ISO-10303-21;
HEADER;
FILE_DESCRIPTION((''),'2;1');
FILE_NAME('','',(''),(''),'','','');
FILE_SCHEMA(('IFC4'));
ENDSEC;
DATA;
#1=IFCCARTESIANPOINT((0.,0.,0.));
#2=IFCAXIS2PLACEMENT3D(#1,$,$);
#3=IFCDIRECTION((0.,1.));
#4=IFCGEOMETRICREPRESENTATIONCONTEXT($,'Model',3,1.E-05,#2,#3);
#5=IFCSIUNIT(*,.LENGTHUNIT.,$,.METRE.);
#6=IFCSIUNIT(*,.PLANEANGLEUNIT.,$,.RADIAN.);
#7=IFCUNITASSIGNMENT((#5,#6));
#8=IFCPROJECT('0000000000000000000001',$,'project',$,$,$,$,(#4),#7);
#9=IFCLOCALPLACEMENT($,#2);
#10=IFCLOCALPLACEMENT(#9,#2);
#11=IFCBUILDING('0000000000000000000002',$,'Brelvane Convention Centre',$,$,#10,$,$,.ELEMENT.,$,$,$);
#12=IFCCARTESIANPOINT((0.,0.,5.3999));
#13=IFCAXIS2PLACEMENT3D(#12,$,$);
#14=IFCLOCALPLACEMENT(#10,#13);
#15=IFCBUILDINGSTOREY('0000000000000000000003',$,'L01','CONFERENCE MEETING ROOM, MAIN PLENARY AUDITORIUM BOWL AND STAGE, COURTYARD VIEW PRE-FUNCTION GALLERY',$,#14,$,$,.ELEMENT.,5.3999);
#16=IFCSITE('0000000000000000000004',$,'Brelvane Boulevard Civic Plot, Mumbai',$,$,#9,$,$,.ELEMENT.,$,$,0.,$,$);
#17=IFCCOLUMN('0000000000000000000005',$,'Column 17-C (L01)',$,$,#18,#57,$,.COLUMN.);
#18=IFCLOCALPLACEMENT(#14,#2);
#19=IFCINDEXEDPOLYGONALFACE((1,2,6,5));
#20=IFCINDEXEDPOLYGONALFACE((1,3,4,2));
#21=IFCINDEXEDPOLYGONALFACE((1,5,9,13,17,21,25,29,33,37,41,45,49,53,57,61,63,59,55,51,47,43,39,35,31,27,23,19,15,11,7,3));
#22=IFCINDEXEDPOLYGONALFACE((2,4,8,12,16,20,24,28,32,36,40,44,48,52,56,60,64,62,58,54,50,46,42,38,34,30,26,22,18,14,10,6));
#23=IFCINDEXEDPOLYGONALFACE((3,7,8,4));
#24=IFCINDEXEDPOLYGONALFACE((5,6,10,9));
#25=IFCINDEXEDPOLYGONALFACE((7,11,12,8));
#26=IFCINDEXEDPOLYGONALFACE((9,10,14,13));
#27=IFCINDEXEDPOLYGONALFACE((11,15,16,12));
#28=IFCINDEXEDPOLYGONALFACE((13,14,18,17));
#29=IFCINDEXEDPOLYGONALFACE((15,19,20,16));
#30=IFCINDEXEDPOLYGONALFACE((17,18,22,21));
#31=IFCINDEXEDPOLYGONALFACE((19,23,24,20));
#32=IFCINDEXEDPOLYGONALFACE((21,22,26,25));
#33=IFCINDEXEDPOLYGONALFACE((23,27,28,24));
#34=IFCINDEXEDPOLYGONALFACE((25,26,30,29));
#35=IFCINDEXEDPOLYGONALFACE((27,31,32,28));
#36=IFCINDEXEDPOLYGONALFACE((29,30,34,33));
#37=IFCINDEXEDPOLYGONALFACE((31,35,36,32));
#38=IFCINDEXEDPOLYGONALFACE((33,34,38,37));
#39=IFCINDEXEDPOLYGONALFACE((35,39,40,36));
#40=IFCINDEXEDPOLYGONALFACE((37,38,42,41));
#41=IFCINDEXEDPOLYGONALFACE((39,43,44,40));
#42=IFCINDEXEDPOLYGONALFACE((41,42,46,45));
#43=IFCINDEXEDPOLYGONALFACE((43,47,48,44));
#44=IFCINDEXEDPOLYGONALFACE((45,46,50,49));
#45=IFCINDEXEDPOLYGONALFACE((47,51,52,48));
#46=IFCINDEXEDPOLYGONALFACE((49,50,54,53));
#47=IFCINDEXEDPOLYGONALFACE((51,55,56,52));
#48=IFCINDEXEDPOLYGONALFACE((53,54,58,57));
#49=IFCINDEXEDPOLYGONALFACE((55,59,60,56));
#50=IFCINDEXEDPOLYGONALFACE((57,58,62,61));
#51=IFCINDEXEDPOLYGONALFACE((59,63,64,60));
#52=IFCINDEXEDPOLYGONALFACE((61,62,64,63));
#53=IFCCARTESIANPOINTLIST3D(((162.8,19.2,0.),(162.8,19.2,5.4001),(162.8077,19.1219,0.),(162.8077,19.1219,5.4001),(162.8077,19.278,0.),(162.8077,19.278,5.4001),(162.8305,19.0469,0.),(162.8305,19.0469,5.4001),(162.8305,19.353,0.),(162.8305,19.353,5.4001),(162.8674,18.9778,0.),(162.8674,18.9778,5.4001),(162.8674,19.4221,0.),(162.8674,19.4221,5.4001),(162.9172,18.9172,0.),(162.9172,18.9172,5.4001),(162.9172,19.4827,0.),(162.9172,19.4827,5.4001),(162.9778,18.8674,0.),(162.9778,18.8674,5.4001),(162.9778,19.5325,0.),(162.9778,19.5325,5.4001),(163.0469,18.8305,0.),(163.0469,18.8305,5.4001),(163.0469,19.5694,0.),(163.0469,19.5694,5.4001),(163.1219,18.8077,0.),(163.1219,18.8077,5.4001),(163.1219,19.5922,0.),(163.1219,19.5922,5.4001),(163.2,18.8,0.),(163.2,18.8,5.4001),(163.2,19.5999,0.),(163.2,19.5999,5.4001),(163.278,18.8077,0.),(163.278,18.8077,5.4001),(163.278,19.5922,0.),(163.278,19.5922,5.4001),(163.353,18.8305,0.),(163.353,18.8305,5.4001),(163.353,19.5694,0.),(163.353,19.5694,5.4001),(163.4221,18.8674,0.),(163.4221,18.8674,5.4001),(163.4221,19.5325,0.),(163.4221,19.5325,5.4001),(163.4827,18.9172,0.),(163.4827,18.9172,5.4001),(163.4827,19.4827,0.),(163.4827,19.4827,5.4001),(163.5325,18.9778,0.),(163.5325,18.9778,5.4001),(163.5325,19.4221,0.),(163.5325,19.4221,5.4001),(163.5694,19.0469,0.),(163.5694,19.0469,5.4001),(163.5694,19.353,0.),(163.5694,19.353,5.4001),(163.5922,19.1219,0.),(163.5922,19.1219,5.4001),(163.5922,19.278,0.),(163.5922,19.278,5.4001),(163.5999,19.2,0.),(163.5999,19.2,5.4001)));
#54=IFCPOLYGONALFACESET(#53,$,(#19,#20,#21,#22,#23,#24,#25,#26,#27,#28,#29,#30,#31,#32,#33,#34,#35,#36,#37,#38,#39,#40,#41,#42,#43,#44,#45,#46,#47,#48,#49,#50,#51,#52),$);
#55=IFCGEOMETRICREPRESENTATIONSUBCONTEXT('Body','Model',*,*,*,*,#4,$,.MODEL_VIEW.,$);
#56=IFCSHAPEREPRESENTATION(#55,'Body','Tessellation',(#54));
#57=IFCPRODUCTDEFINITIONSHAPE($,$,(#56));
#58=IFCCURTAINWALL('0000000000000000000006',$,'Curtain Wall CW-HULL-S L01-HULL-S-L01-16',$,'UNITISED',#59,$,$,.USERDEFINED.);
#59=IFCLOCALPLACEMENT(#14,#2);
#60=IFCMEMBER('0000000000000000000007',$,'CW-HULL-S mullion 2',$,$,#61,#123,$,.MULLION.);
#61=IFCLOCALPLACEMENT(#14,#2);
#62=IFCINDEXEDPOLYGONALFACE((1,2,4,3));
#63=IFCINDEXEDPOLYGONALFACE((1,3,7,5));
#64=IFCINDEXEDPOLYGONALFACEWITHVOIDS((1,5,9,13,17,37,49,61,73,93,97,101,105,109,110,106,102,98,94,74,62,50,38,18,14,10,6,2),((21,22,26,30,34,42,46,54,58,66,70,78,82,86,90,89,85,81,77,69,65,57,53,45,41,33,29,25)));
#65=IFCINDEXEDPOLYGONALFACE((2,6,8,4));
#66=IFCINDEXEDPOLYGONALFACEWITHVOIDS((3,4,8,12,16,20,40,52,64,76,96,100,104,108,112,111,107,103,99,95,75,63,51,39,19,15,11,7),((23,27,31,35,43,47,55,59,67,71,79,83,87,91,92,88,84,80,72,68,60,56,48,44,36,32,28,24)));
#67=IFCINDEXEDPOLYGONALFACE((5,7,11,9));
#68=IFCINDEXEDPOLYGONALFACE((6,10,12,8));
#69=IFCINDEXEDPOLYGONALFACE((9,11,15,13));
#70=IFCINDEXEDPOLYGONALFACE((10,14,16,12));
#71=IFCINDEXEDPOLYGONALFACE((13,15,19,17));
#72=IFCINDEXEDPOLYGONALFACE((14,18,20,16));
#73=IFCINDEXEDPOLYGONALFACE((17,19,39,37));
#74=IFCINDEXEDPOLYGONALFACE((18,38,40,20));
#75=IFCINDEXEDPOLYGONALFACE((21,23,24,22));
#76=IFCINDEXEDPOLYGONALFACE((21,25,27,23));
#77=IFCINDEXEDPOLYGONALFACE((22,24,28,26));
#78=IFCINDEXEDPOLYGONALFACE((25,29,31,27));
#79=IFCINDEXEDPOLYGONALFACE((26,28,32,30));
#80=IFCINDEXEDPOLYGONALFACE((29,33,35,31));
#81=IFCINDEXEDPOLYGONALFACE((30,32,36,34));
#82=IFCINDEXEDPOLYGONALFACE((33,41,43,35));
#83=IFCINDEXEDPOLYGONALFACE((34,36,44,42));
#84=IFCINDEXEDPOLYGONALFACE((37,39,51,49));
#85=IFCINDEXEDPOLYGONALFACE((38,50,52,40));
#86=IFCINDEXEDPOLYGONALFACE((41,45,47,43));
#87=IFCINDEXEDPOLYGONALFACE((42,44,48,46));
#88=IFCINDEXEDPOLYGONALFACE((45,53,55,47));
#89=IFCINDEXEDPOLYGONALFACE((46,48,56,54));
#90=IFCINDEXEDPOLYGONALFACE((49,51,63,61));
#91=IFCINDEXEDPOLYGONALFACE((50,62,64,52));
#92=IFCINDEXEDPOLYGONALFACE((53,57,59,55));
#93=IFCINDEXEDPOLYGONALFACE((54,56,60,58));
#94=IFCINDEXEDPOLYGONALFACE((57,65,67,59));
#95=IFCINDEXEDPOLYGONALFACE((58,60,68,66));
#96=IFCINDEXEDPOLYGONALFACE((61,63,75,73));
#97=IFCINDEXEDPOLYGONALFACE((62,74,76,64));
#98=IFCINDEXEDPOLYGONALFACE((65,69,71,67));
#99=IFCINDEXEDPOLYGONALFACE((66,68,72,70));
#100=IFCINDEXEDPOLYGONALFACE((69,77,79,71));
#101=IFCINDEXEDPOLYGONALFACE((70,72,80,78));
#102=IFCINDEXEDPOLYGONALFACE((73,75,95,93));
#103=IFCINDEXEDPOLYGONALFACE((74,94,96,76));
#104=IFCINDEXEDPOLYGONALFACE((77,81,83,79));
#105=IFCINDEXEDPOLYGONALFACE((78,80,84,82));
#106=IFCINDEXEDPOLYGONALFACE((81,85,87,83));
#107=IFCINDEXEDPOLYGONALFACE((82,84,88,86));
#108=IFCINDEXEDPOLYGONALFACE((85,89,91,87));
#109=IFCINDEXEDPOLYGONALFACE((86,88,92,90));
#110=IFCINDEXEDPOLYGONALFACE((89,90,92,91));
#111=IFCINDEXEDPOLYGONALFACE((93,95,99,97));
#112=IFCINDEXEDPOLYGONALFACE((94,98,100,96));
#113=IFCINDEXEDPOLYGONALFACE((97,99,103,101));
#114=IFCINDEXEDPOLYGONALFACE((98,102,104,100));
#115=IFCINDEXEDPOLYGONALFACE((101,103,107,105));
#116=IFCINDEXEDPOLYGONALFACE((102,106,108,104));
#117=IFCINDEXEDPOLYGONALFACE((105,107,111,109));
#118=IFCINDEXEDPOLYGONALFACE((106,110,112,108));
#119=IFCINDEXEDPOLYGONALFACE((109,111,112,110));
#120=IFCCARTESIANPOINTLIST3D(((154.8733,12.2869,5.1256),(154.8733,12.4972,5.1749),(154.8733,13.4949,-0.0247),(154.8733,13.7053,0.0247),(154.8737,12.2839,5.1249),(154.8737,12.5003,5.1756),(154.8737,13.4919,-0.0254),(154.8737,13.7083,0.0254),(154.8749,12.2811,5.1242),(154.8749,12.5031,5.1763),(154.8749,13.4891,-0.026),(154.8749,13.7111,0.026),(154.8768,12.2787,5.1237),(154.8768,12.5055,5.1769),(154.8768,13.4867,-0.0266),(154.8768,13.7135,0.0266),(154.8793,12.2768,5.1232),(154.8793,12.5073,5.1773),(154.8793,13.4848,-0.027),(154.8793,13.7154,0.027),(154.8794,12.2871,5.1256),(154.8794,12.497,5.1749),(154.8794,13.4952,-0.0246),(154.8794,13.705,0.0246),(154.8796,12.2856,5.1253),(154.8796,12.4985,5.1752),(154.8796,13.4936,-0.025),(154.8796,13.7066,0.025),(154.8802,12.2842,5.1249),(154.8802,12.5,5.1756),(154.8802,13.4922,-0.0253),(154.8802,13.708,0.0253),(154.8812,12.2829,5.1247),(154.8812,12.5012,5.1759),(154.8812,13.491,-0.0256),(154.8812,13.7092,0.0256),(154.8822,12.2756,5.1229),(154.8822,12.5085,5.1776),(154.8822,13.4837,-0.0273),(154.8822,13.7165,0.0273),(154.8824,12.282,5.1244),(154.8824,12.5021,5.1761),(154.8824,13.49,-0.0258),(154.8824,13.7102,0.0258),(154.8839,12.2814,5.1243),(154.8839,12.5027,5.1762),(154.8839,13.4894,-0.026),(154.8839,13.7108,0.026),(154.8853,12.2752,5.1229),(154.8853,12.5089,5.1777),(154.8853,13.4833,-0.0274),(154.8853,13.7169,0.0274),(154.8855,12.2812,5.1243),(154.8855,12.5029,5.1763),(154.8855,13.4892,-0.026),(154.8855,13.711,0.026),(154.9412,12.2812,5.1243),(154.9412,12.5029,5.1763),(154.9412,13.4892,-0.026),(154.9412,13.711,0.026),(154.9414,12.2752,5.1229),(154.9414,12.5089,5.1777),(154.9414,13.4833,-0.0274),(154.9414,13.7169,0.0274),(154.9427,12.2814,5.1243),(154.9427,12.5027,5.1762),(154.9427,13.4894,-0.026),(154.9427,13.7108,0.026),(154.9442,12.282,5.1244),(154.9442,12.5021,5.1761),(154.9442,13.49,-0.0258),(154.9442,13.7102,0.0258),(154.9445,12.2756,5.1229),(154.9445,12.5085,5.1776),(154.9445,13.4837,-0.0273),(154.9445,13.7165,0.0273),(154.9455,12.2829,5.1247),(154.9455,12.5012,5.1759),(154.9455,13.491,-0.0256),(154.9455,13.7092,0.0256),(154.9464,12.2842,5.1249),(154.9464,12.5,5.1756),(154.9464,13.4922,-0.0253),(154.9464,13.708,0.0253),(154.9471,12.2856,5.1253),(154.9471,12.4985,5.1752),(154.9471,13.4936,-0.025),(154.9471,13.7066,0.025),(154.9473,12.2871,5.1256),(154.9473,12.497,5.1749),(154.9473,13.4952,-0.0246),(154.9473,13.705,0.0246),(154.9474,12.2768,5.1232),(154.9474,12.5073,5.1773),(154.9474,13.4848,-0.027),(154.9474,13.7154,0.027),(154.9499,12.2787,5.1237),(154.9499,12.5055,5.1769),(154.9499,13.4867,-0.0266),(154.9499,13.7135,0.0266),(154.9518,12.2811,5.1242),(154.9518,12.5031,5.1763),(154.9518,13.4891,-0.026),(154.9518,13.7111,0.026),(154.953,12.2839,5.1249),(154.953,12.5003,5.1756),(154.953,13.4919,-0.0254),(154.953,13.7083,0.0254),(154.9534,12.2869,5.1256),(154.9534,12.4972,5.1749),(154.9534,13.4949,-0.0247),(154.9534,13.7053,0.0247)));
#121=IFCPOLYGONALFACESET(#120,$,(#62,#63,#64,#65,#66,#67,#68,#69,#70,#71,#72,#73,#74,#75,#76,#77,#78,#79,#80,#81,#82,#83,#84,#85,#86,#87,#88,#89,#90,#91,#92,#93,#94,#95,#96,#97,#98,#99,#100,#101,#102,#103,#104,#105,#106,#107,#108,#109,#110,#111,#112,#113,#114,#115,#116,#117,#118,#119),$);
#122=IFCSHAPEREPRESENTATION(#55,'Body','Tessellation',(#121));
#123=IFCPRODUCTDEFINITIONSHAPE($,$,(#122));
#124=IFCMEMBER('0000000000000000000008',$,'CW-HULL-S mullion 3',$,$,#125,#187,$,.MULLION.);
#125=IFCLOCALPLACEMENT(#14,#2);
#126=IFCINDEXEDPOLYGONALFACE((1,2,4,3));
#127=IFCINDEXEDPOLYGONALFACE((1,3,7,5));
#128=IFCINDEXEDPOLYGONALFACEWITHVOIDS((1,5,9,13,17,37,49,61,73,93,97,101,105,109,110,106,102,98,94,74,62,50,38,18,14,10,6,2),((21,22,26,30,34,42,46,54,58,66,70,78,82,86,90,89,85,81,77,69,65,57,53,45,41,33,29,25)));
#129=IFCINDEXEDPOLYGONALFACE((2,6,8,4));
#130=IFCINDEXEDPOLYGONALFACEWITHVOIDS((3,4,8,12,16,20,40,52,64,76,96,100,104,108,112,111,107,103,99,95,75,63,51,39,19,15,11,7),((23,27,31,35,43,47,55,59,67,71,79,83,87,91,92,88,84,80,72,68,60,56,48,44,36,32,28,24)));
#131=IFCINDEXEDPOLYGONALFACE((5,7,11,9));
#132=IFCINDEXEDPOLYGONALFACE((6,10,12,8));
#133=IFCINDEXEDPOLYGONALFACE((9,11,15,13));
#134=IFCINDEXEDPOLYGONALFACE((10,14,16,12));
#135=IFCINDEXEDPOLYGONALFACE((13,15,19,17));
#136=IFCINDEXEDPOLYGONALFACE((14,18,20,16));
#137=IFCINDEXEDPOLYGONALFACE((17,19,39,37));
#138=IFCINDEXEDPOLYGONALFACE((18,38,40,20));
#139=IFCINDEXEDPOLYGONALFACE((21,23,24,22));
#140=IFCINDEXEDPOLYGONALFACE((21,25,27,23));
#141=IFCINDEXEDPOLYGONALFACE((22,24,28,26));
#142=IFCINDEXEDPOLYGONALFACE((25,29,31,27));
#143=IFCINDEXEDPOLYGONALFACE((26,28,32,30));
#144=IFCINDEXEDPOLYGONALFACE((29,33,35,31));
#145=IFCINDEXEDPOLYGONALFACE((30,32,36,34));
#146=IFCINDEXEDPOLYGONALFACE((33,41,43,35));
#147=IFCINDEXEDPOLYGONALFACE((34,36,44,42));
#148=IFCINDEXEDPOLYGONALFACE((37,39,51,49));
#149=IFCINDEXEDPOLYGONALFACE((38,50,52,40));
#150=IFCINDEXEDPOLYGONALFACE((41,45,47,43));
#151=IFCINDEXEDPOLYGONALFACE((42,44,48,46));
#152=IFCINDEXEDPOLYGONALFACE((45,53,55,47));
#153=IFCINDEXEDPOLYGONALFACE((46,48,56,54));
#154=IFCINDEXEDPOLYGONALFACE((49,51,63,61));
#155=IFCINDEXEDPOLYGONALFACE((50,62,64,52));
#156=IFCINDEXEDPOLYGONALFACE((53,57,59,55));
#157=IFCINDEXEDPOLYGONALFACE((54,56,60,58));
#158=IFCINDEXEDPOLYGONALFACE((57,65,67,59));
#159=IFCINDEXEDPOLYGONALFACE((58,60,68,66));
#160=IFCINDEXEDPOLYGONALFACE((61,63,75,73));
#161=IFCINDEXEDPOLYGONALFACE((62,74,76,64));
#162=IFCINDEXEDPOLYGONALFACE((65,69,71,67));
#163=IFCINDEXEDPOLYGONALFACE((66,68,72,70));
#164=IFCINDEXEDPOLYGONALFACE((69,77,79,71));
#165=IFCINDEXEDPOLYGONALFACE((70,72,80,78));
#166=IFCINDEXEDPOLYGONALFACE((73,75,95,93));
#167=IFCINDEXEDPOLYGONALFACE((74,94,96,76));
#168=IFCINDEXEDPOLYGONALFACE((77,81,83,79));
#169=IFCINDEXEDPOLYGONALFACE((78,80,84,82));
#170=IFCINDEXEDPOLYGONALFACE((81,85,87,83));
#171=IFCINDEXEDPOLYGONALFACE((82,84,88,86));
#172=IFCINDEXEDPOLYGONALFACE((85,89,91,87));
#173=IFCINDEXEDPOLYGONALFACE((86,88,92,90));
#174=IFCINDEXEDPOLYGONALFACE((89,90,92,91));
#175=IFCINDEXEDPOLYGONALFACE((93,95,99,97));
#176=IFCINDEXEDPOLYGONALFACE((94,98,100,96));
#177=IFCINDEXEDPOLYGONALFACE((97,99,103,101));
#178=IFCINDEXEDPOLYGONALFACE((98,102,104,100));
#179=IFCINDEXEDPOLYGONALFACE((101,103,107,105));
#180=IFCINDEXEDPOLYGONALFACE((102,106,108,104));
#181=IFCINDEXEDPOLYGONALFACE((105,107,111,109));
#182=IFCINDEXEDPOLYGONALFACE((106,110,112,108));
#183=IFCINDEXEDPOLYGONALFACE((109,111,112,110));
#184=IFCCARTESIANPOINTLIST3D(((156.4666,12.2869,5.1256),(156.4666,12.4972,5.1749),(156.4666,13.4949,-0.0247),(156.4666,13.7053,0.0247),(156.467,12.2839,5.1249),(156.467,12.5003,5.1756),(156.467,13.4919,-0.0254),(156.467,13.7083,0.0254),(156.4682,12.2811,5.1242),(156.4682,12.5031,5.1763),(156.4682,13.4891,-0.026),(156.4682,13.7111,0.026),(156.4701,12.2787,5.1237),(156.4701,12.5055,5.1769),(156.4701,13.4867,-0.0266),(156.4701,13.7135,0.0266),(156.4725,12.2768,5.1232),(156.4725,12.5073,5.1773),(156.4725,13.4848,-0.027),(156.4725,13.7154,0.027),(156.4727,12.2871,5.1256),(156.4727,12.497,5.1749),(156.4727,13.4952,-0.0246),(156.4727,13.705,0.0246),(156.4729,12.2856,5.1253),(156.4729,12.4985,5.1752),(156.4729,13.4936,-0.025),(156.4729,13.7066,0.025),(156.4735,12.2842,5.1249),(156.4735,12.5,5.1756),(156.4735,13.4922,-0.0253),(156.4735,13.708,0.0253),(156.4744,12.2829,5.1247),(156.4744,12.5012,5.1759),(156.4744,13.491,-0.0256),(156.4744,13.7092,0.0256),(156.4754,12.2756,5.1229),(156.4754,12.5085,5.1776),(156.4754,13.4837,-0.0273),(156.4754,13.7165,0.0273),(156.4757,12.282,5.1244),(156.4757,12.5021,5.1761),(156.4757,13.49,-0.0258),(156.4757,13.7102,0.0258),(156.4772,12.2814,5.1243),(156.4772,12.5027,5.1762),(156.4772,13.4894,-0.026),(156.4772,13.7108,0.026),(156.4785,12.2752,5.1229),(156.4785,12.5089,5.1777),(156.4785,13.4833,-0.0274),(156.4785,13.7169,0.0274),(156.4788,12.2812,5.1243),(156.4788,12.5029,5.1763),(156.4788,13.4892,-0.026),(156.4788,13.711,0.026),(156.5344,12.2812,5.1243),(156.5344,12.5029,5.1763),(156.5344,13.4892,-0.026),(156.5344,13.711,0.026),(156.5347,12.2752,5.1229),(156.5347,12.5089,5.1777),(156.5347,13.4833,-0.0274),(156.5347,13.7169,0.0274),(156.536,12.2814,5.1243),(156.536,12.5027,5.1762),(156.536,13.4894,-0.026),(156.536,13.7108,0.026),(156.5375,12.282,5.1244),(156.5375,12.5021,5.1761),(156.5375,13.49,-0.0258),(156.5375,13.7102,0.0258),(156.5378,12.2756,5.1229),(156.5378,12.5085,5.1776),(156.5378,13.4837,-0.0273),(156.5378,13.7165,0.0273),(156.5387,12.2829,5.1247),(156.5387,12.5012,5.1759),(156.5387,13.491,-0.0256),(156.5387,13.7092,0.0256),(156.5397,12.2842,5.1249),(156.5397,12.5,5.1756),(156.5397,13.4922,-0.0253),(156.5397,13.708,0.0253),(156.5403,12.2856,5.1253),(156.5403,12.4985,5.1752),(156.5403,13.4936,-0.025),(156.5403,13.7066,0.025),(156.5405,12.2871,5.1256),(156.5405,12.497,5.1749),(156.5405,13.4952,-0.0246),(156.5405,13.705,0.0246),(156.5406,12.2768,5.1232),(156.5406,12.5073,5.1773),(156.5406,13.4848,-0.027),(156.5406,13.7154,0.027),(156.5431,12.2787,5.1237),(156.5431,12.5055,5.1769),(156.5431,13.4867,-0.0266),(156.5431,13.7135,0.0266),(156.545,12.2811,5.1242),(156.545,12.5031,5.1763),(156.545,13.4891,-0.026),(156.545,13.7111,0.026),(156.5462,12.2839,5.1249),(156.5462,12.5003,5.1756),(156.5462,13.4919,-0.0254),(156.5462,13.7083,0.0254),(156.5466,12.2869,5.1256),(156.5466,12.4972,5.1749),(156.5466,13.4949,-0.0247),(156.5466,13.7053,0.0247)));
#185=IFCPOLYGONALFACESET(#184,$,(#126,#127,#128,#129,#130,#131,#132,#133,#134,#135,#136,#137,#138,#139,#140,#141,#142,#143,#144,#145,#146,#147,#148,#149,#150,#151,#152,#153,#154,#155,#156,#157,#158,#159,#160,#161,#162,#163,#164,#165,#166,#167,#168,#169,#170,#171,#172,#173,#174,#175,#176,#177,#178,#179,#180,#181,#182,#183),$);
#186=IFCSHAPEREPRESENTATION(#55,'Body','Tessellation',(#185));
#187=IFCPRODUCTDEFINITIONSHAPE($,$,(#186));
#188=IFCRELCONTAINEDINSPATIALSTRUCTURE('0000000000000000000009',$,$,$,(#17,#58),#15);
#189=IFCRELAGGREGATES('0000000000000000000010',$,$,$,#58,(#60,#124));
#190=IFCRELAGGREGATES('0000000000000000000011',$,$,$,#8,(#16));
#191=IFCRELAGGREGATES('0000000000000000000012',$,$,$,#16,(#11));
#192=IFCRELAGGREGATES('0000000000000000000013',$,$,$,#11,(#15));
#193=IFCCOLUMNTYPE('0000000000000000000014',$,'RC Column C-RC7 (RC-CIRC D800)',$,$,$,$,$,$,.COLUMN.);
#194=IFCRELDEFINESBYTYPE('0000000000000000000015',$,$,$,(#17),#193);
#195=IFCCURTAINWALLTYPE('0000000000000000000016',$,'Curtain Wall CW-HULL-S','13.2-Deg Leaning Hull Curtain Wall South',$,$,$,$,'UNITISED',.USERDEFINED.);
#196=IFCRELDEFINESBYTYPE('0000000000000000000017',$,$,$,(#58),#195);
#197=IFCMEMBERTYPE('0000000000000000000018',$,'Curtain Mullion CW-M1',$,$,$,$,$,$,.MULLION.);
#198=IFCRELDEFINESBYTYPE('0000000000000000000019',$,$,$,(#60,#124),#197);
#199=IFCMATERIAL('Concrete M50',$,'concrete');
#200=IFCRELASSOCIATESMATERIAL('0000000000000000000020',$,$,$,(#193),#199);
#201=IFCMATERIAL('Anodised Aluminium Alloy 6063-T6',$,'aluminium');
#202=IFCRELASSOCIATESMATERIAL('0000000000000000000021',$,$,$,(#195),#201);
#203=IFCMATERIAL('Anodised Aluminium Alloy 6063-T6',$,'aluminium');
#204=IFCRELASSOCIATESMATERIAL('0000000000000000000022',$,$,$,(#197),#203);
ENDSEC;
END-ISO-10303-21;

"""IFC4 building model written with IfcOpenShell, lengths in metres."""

from ifc_helpers import new_model, si_unit, direction, frame, origin, origin_2d, place, context, subcontext, project, spatial, hollow_rectangle, circle, extrude, material, material_profile, profile_set, type_object, element, aggregate, save


model = new_model("IFC4")

# Units and contexts
model_context = context("Model", 3, precision=1e-05, world=origin(), true_north=direction((0.0, 1.0)))
body_context = subcontext(model_context, "Body", "Model", "MODEL_VIEW")
ifc_project = project(units=[si_unit("LENGTHUNIT", "METRE"), si_unit("PLANEANGLEUNIT", "RADIAN")], contexts=[model_context])

# Site, building, storey
site_placement = place(None, origin())
site = spatial("IfcSite", under=ifc_project, at=site_placement, Name="Brelvane Boulevard Civic Plot, Mumbai", CompositionType="ELEMENT", RefElevation=0.0)
building_placement = place(site_placement, origin())
building = spatial("IfcBuilding", under=site, at=building_placement, Name="Brelvane Convention Centre", CompositionType="ELEMENT")
storey_placement = place(building_placement, frame((0.0, 0.0, 5.3999)))
storey = spatial("IfcBuildingStorey", under=building, at=storey_placement, Name="L01", Description="CONFERENCE MEETING ROOM, MAIN PLENARY AUDITORIUM BOWL AND STAGE, COURTYARD VIEW PRE-FUNCTION GALLERY", CompositionType="ELEMENT", Elevation=5.3999)

# Column
ifc_material_1 = material(Name="Concrete M50", Category="concrete")
ifc_material_profile_1 = material_profile(ifc_material_1, circle(Radius=0.3999, at=origin_2d()), Name="RC-CIRC D800")
ifc_profile_set_1 = profile_set([ifc_material_profile_1], Name="Concrete M50")
column_type = type_object("IfcColumnType", Name="RC Column C-RC7 (RC-CIRC D800)", PredefinedType="COLUMN", material=ifc_profile_set_1)
column_placement = place(storey_placement, frame((163.2, 19.2, 0.0), z_axis=(0.0, 0.0, 1.0), x_axis=(1.0, 0.0, 0.0)))
element("IfcColumn", 1, at=column_placement, inside=storey, type_object=column_type, Name="Column 17-C (L01)", PredefinedType="COLUMN", context=body_context, shape_type="SweptSolid", body=[
    extrude(circle(Radius=0.3999, at=origin_2d()), origin(), (0.0, 0.0, 1.0), 5.4001),
])

# Curtain wall, members
ifc_material_2 = material(Name="Anodised Aluminium Alloy 6063-T6", Category="aluminium")
curtain_wall_type = type_object("IfcCurtainWallType", Name="Curtain Wall CW-HULL-S", Description="13.2-Deg Leaning Hull Curtain Wall South", ElementType="UNITISED", PredefinedType="USERDEFINED", material=ifc_material_2)
curtain_wall_1_placement = place(storey_placement, origin())
curtain_wall_1 = element("IfcCurtainWall", 2, at=curtain_wall_1_placement, inside=storey, type_object=curtain_wall_type, Name="Curtain Wall CW-HULL-S L01-HULL-S-L01-16", ObjectType="UNITISED", PredefinedType="USERDEFINED")
ifc_material_3 = material(Name="Anodised Aluminium Alloy 6063-T6", Category="aluminium")
ifc_material_profile_2 = material_profile(ifc_material_3, hollow_rectangle(XDim=0.0801, YDim=0.24, WallThickness=0.0061, InnerFilletRadius=0.0061, OuterFilletRadius=0.012, at=origin_2d()), Name="ALU-M 240x80x6.0")
ifc_profile_set_2 = profile_set([ifc_material_profile_2], Name="Anodised Aluminium Alloy 6063-T6")
member_type_1 = type_object("IfcMemberType", Name="Curtain Mullion CW-M1", PredefinedType="MULLION", material=ifc_profile_set_2)
member_1_placement = place(storey_placement, frame((154.9133, 13.6001, 0.0), z_axis=(0.0, -0.22836, 0.973577), x_axis=(1.0, 0.0, 0.0)))
member_1 = element("IfcMember", 3, at=member_1_placement, type_object=member_type_1, Name="CW-HULL-S mullion 2", PredefinedType="MULLION", context=body_context, shape_type="SweptSolid", body=[
    extrude(hollow_rectangle(XDim=0.0801, YDim=0.24, WallThickness=0.0061, InnerFilletRadius=0.0061, OuterFilletRadius=0.012, at=origin_2d()), origin(), (0.0, 0.0, 1.0), 5.29),
])
member_2_placement = place(storey_placement, frame((156.5066, 13.6001, 0.0), z_axis=(0.0, -0.22836, 0.973577), x_axis=(1.0, 0.0, 0.0)))
member_2 = element("IfcMember", 4, at=member_2_placement, type_object=member_type_1, Name="CW-HULL-S mullion 3", PredefinedType="MULLION", context=body_context, shape_type="SweptSolid", body=[
    extrude(hollow_rectangle(XDim=0.0801, YDim=0.24, WallThickness=0.0061, InnerFilletRadius=0.0061, OuterFilletRadius=0.012, at=origin_2d()), origin(), (0.0, 0.0, 1.0), 5.29),
])
aggregate(curtain_wall_1, [member_1, member_2])

save(model, "model.ifc")
